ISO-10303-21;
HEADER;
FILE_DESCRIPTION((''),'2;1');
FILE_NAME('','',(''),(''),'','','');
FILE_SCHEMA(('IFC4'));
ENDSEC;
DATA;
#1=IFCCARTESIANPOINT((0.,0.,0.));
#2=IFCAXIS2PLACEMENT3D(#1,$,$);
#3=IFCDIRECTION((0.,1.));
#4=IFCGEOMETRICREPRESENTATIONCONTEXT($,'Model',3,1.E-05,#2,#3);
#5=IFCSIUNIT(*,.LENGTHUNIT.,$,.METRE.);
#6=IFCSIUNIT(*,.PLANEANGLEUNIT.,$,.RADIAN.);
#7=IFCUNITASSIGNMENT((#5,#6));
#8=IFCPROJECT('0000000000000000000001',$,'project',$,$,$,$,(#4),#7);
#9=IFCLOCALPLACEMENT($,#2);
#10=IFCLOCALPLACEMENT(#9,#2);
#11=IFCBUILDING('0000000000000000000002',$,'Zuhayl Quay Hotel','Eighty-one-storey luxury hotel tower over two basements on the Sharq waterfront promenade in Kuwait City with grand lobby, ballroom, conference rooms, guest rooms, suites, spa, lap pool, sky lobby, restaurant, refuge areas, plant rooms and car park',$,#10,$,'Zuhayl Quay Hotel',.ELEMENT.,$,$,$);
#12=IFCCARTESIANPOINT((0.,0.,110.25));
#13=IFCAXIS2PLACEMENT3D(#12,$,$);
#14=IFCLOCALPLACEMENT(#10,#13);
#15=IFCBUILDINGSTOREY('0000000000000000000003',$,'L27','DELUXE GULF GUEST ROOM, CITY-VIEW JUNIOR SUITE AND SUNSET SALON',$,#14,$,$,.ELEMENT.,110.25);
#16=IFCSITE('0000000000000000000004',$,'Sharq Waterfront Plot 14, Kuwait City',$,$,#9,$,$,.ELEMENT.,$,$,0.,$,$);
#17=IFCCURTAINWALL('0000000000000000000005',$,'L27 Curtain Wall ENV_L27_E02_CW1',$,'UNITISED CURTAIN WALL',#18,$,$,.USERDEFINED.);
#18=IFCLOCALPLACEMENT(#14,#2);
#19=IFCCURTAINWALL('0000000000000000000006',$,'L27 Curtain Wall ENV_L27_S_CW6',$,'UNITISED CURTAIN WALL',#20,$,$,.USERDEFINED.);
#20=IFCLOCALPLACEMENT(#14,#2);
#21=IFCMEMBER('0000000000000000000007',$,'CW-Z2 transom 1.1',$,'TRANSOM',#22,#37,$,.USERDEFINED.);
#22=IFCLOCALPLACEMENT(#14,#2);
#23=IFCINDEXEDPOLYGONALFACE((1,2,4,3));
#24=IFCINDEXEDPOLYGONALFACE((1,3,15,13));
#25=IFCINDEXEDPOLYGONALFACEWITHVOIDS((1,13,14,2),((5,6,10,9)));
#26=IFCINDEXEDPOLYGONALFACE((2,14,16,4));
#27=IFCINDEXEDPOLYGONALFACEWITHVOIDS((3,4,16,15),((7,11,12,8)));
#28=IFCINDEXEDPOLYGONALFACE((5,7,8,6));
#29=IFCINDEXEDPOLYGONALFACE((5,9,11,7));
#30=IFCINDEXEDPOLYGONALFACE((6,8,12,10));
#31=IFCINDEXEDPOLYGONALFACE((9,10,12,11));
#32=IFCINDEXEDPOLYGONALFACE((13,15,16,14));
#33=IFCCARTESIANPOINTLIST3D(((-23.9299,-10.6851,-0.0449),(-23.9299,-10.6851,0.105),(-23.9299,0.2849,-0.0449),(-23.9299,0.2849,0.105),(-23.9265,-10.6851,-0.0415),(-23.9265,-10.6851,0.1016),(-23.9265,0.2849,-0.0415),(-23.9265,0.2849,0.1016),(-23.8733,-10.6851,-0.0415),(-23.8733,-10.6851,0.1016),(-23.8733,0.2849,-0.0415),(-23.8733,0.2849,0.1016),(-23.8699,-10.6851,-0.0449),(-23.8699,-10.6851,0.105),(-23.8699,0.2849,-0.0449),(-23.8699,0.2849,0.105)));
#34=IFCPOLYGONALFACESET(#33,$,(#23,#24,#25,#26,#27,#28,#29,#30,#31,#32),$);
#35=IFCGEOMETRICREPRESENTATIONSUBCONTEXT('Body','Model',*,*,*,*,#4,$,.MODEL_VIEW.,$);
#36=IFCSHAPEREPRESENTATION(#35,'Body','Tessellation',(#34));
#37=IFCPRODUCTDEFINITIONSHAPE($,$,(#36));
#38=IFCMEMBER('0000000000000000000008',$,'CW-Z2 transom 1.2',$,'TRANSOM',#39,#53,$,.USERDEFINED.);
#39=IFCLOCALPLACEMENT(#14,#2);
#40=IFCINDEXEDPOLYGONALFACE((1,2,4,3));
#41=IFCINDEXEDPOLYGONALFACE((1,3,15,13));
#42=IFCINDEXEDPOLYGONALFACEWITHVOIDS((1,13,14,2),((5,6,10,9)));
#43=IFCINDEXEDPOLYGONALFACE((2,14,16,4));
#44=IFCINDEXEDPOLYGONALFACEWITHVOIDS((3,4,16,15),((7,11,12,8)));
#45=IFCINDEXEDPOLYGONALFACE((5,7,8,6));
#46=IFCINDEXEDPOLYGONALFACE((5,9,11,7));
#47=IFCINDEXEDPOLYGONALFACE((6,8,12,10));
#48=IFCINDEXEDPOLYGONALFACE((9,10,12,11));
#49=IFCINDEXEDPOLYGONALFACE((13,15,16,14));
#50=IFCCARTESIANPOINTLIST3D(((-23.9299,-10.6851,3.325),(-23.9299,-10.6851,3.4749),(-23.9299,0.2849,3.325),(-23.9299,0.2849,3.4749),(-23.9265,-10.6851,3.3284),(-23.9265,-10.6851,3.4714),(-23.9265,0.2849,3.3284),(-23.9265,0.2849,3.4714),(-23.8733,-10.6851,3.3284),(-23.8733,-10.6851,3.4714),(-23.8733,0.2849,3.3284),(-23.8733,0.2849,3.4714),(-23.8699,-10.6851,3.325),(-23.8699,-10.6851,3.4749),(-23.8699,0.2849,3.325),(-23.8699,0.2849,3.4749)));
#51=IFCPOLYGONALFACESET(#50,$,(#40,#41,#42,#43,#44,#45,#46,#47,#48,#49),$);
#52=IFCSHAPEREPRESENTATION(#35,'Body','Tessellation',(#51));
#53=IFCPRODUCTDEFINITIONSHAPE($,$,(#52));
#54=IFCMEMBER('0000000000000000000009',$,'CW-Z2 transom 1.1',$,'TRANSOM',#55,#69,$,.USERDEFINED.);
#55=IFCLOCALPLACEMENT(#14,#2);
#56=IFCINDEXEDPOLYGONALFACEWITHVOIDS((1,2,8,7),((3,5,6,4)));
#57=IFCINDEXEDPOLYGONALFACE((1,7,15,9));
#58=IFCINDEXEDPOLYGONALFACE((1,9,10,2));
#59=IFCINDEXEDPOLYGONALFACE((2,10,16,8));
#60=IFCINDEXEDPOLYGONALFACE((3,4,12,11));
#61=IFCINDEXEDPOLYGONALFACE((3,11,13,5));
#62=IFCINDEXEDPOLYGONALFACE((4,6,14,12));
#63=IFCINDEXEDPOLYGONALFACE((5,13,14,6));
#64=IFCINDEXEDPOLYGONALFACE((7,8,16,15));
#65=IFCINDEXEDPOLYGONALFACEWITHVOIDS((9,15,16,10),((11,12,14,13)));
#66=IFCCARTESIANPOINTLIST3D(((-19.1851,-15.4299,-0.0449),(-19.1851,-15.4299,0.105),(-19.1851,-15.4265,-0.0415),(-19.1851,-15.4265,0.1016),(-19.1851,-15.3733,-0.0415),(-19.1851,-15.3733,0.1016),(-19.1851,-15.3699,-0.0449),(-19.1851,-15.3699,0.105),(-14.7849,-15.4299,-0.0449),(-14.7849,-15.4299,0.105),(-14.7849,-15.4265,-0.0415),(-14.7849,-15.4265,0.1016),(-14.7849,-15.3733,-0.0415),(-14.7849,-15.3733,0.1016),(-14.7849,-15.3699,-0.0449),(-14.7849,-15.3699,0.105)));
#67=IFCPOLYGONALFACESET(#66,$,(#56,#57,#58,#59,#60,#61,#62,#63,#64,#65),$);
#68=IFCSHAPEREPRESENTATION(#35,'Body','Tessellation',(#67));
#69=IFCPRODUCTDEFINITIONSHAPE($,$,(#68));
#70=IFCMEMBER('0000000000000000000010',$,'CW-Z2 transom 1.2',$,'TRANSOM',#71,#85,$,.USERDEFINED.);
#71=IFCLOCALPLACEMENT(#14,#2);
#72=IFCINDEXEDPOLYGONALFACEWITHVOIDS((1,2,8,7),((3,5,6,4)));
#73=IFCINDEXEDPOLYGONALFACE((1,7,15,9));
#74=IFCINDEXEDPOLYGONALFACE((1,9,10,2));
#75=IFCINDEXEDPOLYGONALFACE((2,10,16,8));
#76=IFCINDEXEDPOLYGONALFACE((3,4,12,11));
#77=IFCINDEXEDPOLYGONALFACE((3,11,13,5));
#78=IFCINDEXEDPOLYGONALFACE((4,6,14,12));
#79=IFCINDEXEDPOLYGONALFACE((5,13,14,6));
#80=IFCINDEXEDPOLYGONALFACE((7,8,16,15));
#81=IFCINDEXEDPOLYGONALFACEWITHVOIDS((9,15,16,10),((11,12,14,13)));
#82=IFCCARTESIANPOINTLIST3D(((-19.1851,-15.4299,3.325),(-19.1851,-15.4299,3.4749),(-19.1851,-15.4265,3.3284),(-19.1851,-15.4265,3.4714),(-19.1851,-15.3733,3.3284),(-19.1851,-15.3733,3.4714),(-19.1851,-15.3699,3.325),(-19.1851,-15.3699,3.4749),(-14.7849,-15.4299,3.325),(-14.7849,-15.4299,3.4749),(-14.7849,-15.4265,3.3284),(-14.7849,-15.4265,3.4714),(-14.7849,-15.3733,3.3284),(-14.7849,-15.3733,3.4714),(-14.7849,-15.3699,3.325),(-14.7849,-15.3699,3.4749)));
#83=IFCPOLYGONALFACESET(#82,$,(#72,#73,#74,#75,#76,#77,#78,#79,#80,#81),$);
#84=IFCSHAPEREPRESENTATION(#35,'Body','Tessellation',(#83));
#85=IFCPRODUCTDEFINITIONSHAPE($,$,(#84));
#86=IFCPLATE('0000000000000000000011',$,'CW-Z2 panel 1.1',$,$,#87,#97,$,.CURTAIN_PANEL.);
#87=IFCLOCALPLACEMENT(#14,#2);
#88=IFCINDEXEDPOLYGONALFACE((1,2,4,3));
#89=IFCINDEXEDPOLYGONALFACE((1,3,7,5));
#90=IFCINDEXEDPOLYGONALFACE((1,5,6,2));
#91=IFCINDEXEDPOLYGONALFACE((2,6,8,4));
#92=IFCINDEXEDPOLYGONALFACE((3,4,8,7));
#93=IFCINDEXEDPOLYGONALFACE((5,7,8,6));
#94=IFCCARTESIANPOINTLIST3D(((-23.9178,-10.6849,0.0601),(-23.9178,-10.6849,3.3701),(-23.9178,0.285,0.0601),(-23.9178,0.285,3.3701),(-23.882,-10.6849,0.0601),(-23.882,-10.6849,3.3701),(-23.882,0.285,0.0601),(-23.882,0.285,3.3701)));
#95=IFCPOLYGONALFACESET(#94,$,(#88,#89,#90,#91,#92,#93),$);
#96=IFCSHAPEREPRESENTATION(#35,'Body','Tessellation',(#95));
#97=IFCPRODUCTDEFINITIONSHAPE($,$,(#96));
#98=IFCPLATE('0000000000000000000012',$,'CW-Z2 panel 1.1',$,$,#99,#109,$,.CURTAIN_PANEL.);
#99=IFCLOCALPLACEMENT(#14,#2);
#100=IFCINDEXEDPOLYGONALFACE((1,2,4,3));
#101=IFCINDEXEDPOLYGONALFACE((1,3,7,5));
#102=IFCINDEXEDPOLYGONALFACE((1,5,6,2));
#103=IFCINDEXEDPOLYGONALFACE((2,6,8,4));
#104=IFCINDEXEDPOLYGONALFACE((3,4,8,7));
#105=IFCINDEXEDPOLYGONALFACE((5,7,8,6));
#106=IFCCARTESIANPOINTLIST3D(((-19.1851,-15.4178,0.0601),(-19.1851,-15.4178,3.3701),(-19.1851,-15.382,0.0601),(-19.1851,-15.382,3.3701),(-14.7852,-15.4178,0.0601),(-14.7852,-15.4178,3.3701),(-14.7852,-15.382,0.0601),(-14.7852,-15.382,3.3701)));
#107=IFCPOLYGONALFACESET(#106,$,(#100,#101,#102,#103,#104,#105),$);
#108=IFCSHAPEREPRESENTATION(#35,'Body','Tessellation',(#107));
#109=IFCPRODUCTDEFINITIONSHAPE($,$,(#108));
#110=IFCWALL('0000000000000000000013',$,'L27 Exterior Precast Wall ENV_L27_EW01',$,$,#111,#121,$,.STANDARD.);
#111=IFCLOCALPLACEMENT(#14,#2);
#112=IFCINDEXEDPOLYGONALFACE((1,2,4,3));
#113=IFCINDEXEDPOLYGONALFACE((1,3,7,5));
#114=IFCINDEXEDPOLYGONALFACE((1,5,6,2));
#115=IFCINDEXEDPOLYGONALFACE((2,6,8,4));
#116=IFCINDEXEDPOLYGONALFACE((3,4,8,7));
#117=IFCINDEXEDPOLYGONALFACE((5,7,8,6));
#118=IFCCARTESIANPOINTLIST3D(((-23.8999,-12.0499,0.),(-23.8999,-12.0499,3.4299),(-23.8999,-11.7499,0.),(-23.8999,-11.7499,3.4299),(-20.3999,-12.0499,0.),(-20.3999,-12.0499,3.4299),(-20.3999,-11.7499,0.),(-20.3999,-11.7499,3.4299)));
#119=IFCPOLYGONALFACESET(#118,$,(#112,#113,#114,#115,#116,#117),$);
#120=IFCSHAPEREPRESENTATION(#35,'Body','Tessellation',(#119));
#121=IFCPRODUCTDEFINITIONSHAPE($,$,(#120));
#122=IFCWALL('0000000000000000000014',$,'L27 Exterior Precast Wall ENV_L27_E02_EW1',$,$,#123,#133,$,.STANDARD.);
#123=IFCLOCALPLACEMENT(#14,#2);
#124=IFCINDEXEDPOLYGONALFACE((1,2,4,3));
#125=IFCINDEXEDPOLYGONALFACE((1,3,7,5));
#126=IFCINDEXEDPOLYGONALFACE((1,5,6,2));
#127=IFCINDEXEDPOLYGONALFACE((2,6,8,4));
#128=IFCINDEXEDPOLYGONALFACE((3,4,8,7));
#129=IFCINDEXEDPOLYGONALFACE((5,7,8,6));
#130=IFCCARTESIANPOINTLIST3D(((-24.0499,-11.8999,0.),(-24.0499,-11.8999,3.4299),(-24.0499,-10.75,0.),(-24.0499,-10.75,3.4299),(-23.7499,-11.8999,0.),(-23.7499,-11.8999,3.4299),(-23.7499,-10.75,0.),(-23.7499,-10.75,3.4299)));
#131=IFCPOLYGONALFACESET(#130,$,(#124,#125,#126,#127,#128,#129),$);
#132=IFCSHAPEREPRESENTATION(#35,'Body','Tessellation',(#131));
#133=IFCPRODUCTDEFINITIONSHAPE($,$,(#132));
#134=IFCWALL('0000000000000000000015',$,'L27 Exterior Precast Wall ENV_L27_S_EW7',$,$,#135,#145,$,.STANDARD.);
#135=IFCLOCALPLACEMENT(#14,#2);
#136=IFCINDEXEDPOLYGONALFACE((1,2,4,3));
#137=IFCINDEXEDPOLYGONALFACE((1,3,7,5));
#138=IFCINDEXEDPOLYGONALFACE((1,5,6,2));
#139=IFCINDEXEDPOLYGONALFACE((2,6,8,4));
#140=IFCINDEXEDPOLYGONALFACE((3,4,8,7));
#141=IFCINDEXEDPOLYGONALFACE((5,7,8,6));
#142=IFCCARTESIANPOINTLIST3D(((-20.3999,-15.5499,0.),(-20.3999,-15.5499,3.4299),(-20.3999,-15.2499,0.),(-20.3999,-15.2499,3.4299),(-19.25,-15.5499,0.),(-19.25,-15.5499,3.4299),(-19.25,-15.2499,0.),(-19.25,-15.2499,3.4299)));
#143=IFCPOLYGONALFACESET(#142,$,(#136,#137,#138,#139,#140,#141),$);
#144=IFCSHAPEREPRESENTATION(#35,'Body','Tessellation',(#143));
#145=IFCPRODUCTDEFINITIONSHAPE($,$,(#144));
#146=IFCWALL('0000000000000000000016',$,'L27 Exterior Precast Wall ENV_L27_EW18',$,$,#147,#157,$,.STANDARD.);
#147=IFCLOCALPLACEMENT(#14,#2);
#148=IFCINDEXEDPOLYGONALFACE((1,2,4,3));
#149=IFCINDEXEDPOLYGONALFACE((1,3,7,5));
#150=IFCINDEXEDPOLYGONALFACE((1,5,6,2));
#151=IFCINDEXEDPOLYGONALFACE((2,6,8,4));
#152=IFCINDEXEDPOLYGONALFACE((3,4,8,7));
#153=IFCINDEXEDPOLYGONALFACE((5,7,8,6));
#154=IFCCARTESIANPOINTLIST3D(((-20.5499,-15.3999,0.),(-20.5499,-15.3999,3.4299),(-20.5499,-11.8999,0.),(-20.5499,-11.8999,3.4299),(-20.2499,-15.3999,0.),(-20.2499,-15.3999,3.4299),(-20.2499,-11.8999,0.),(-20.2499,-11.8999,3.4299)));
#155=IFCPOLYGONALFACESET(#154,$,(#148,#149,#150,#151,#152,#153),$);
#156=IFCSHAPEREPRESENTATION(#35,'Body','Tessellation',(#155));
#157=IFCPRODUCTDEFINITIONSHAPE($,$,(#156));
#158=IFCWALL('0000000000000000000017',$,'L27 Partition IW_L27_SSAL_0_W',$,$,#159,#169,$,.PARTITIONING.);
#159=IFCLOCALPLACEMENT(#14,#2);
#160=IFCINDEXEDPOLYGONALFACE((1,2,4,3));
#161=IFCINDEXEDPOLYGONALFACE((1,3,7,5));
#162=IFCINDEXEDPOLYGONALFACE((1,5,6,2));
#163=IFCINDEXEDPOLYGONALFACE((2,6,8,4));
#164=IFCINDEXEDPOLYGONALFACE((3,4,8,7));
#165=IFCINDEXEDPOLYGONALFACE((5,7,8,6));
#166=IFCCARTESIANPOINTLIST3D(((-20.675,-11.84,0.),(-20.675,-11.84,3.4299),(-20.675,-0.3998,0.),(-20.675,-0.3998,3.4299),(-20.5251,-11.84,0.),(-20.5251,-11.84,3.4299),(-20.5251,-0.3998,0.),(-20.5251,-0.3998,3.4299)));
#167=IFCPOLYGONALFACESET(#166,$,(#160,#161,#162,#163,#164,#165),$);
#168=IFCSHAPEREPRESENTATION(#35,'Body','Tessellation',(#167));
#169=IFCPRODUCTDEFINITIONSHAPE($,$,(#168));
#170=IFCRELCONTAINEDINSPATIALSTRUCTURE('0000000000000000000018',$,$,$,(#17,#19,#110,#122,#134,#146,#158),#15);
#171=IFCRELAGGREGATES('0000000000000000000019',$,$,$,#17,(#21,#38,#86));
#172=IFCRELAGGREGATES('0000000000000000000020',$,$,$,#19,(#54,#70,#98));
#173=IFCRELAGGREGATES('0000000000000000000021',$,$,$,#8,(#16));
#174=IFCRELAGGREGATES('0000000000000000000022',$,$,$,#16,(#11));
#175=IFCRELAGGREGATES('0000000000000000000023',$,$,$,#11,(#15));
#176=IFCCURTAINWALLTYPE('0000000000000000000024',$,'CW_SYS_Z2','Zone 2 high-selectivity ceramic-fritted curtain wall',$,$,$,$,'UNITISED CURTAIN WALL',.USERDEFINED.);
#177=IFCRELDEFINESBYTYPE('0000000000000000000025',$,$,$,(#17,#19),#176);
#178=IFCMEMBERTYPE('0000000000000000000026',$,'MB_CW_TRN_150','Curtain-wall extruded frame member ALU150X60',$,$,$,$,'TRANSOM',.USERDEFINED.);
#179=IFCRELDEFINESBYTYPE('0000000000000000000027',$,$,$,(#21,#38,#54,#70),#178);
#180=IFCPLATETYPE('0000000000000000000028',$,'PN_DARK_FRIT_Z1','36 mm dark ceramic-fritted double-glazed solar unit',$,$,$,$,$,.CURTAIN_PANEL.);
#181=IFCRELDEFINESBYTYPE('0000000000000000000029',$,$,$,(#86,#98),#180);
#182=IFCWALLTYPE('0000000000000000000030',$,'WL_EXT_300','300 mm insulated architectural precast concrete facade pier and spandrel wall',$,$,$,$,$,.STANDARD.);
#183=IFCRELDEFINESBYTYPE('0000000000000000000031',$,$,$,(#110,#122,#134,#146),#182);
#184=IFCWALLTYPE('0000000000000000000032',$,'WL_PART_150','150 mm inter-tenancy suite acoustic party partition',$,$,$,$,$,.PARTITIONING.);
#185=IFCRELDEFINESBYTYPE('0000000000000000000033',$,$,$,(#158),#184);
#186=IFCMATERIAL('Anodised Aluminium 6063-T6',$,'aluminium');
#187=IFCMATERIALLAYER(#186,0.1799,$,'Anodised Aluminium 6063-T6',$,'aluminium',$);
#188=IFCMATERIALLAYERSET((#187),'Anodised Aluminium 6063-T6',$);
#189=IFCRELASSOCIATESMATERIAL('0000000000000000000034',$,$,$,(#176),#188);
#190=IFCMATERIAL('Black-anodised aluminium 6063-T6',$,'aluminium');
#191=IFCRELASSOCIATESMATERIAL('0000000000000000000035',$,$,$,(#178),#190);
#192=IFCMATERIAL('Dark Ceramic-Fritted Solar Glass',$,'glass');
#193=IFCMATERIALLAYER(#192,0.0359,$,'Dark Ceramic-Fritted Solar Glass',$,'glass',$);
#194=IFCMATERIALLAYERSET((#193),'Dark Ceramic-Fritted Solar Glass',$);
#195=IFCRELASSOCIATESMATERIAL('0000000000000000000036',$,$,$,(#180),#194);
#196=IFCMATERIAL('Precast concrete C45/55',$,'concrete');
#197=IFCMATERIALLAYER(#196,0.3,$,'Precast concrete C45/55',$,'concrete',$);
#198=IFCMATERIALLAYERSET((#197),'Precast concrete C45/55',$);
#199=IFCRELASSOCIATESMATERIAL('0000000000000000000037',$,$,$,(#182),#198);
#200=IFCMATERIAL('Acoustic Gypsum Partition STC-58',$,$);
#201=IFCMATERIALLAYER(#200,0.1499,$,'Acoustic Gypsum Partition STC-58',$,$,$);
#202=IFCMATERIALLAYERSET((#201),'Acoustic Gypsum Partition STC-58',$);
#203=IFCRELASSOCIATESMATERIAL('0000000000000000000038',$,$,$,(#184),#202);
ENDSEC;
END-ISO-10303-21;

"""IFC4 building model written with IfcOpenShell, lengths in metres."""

from ifc_helpers import new_model, si_unit, direction, frame, frame_2d, origin, origin_2d, place, context, subcontext, project, spatial, rectangle, hollow_rectangle, extrude, material, layer, layer_set, material_profile, profile_set, type_object, element, aggregate, save


model = new_model("IFC4")

# Units and contexts
model_context = context("Model", 3, precision=1e-05, world=origin(), true_north=direction((0.0, 1.0)))
body_context = subcontext(model_context, "Body", "Model", "MODEL_VIEW")
ifc_project = project(units=[si_unit("LENGTHUNIT", "METRE"), si_unit("PLANEANGLEUNIT", "RADIAN")], contexts=[model_context])

# Site, building, storey
site_placement = place(None, origin())
site = spatial("IfcSite", under=ifc_project, at=site_placement, Name="Sharq Waterfront Plot 14, Kuwait City", CompositionType="ELEMENT", RefElevation=0.0)
building_placement = place(site_placement, origin())
building = spatial("IfcBuilding", under=site, at=building_placement, Name="Zuhayl Quay Hotel", Description="Eighty-one-storey luxury hotel tower over two basements on the Sharq waterfront promenade in Kuwait City with grand lobby, ballroom, conference rooms, guest rooms, suites, spa, lap pool, sky lobby, restaurant, refuge areas, plant rooms and car park", LongName="Zuhayl Quay Hotel", CompositionType="ELEMENT")
storey_placement = place(building_placement, frame((0.0, 0.0, 110.25)))
storey = spatial("IfcBuildingStorey", under=building, at=storey_placement, Name="L27", Description="DELUXE GULF GUEST ROOM, CITY-VIEW JUNIOR SUITE AND SUNSET SALON", CompositionType="ELEMENT", Elevation=110.25)

# Curtain wall
ifc_material_1 = material(Name="Anodised Aluminium 6063-T6", Category="aluminium")
ifc_layer_1 = layer(ifc_material_1, 0.1799, Name="Anodised Aluminium 6063-T6", Category="aluminium")
ifc_layer_set_1 = layer_set([ifc_layer_1], Name="Anodised Aluminium 6063-T6")
curtain_wall_type = type_object("IfcCurtainWallType", Name="CW_SYS_Z2", Description="Zone 2 high-selectivity ceramic-fritted curtain wall", ElementType="UNITISED CURTAIN WALL", PredefinedType="USERDEFINED", material=ifc_layer_set_1)
curtain_wall_1_placement = place(storey_placement, origin())
curtain_wall_1 = element("IfcCurtainWall", 1, at=curtain_wall_1_placement, inside=storey, type_object=curtain_wall_type, Name="L27 Curtain Wall ENV_L27_E02_CW1", ObjectType="UNITISED CURTAIN WALL", PredefinedType="USERDEFINED")
ifc_material_2 = material(Name="Black-anodised aluminium 6063-T6", Category="aluminium")

# Curtain wall
curtain_wall_2_placement = place(storey_placement, origin())
curtain_wall_2 = element("IfcCurtainWall", 2, at=curtain_wall_2_placement, inside=storey, type_object=curtain_wall_type, Name="L27 Curtain Wall ENV_L27_S_CW6", ObjectType="UNITISED CURTAIN WALL", PredefinedType="USERDEFINED")

# Members
ifc_material_profile_1 = material_profile(ifc_material_2, hollow_rectangle(XDim=0.0601, YDim=0.1499, WallThickness=0.0034, at=origin_2d()), Name="ALU150X60")
ifc_profile_set_1 = profile_set([ifc_material_profile_1], Name="Black-anodised aluminium 6063-T6")
member_type_1 = type_object("IfcMemberType", Name="MB_CW_TRN_150", Description="Curtain-wall extruded frame member ALU150X60", ElementType="TRANSOM", PredefinedType="USERDEFINED", material=ifc_profile_set_1)
member_1_placement = place(storey_placement, frame((-23.8999, -10.6851, 0.03), z_axis=(0.0, 1.0, 0.0), x_axis=(-1.0, 0.0, 0.0)))
member_1 = element("IfcMember", 3, at=member_1_placement, type_object=member_type_1, Name="CW-Z2 transom 1.1", ObjectType="TRANSOM", PredefinedType="USERDEFINED", context=body_context, shape_type="SweptSolid", body=[
    extrude(hollow_rectangle(XDim=0.0601, YDim=0.1499, WallThickness=0.0034, at=origin_2d()), origin(), (0.0, 0.0, 1.0), 10.97),
])
member_2_placement = place(storey_placement, frame((-23.8999, -10.6851, 3.3999), z_axis=(0.0, 1.0, 0.0), x_axis=(-1.0, 0.0, 0.0)))
member_2 = element("IfcMember", 4, at=member_2_placement, type_object=member_type_1, Name="CW-Z2 transom 1.2", ObjectType="TRANSOM", PredefinedType="USERDEFINED", context=body_context, shape_type="SweptSolid", body=[
    extrude(hollow_rectangle(XDim=0.0601, YDim=0.1499, WallThickness=0.0034, at=origin_2d()), origin(), (0.0, 0.0, 1.0), 10.97),
])
member_3_placement = place(storey_placement, frame((-14.7849, -15.3999, 0.03), z_axis=(-1.0, 0.0, 0.0), x_axis=(0.0, -1.0, 0.0)))
member_3 = element("IfcMember", 5, at=member_3_placement, type_object=member_type_1, Name="CW-Z2 transom 1.1", ObjectType="TRANSOM", PredefinedType="USERDEFINED", context=body_context, shape_type="SweptSolid", body=[
    extrude(hollow_rectangle(XDim=0.0601, YDim=0.1499, WallThickness=0.0034, at=origin_2d()), origin(), (0.0, 0.0, 1.0), 4.4001),
])
member_4_placement = place(storey_placement, frame((-14.7849, -15.3999, 3.3999), z_axis=(-1.0, 0.0, 0.0), x_axis=(0.0, -1.0, 0.0)))
member_4 = element("IfcMember", 6, at=member_4_placement, type_object=member_type_1, Name="CW-Z2 transom 1.2", ObjectType="TRANSOM", PredefinedType="USERDEFINED", context=body_context, shape_type="SweptSolid", body=[
    extrude(hollow_rectangle(XDim=0.0601, YDim=0.1499, WallThickness=0.0034, at=origin_2d()), origin(), (0.0, 0.0, 1.0), 4.4001),
])

# Plates
ifc_material_3 = material(Name="Dark Ceramic-Fritted Solar Glass", Category="glass")
ifc_layer_2 = layer(ifc_material_3, 0.0359, Name="Dark Ceramic-Fritted Solar Glass", Category="glass")
ifc_layer_set_2 = layer_set([ifc_layer_2], Name="Dark Ceramic-Fritted Solar Glass")
plate_type = type_object("IfcPlateType", Name="PN_DARK_FRIT_Z1", Description="36 mm dark ceramic-fritted double-glazed solar unit", PredefinedType="CURTAIN_PANEL", material=ifc_layer_set_2)
plate_1_placement = place(storey_placement, frame((-23.8999, -5.2, 0.0601), z_axis=(0.0, 0.0, 1.0), x_axis=(0.0, 1.0, 0.0)))
plate_1 = element("IfcPlate", 7, at=plate_1_placement, type_object=plate_type, Name="CW-Z2 panel 1.1", PredefinedType="CURTAIN_PANEL", context=body_context, shape_type="SweptSolid", body=[
    extrude(rectangle(XDim=10.97, YDim=0.0359, at=origin_2d()), origin(), (0.0, 0.0, 1.0), 3.3101),
])
aggregate(curtain_wall_1, [member_1, member_2, plate_1])
plate_2_placement = place(storey_placement, frame((-16.9851, -15.3999, 0.0601), z_axis=(0.0, 0.0, 1.0), x_axis=(-1.0, 0.0, 0.0)))
plate_2 = element("IfcPlate", 8, at=plate_2_placement, type_object=plate_type, Name="CW-Z2 panel 1.1", PredefinedType="CURTAIN_PANEL", context=body_context, shape_type="SweptSolid", body=[
    extrude(rectangle(XDim=4.3999, YDim=0.0359, at=origin_2d()), origin(), (0.0, 0.0, 1.0), 3.3101),
])
aggregate(curtain_wall_2, [member_3, member_4, plate_2])

# Walls
ifc_material_4 = material(Name="Precast concrete C45/55", Category="concrete")
ifc_layer_3 = layer(ifc_material_4, 0.3, Name="Precast concrete C45/55", Category="concrete")
ifc_layer_set_3 = layer_set([ifc_layer_3], Name="Precast concrete C45/55")
wall_type_1 = type_object("IfcWallType", Name="WL_EXT_300", Description="300 mm insulated architectural precast concrete facade pier and spandrel wall", PredefinedType="STANDARD", material=ifc_layer_set_3)
wall_1_placement = place(storey_placement, frame((-20.3999, -11.8999, 0.0), z_axis=(0.0, 0.0, 1.0), x_axis=(-1.0, 0.0, 0.0)))
element("IfcWall", 9, at=wall_1_placement, inside=storey, type_object=wall_type_1, Name="L27 Exterior Precast Wall ENV_L27_EW01", PredefinedType="STANDARD", context=body_context, shape_type="SweptSolid", body=[
    extrude(rectangle(XDim=3.5, YDim=0.3, at=frame_2d((1.75, 0.0))), origin(), (0.0, 0.0, 1.0), 3.4299),
])
for number, where, z_axis, x_axis, name in (
    (10, (-23.8999, -11.8999, 0.0), (0.0, 0.0, 1.0), (0.0, 1.0, 0.0), "L27 Exterior Precast Wall ENV_L27_E02_EW1"),
    (11, (-19.25, -15.3999, 0.0), (0.0, 0.0, 1.0), (-1.0, 0.0, 0.0), "L27 Exterior Precast Wall ENV_L27_S_EW7"),
):
    element("IfcWall", number, at=place(storey_placement, frame(where, z_axis=z_axis, x_axis=x_axis)), inside=storey, type_object=wall_type_1, Name=name, PredefinedType="STANDARD", context=body_context, shape_type="SweptSolid", body=[
        extrude(rectangle(XDim=1.1499, YDim=0.3, at=frame_2d((0.575, 0.0))), origin(), (0.0, 0.0, 1.0), 3.4299),
    ])
wall_2_placement = place(storey_placement, frame((-20.3999, -15.3999, 0.0), z_axis=(0.0, 0.0, 1.0), x_axis=(0.0, 1.0, 0.0)))
element("IfcWall", 12, at=wall_2_placement, inside=storey, type_object=wall_type_1, Name="L27 Exterior Precast Wall ENV_L27_EW18", PredefinedType="STANDARD", context=body_context, shape_type="SweptSolid", body=[
    extrude(rectangle(XDim=3.5, YDim=0.3, at=frame_2d((1.75, 0.0))), origin(), (0.0, 0.0, 1.0), 3.4299),
])
ifc_material_5 = material(Name="Acoustic Gypsum Partition STC-58")
ifc_layer_4 = layer(ifc_material_5, 0.1499, Name="Acoustic Gypsum Partition STC-58")
ifc_layer_set_4 = layer_set([ifc_layer_4], Name="Acoustic Gypsum Partition STC-58")
wall_type_2 = type_object("IfcWallType", Name="WL_PART_150", Description="150 mm inter-tenancy suite acoustic party partition", PredefinedType="PARTITIONING", material=ifc_layer_set_4)
wall_3_placement = place(storey_placement, frame((-20.6001, -11.8401, 0.0), z_axis=(0.0, 0.0, 1.0), x_axis=(0.0, 1.0, 0.0)))
element("IfcWall", 13, at=wall_3_placement, inside=storey, type_object=wall_type_2, Name="L27 Partition IW_L27_SSAL_0_W", PredefinedType="PARTITIONING", context=body_context, shape_type="SweptSolid", body=[
    extrude(rectangle(XDim=11.4402, YDim=0.1499, at=frame_2d((5.7202, 0.0))), origin(), (0.0, 0.0, 1.0), 3.4299),
])

save(model, "model.ifc")
